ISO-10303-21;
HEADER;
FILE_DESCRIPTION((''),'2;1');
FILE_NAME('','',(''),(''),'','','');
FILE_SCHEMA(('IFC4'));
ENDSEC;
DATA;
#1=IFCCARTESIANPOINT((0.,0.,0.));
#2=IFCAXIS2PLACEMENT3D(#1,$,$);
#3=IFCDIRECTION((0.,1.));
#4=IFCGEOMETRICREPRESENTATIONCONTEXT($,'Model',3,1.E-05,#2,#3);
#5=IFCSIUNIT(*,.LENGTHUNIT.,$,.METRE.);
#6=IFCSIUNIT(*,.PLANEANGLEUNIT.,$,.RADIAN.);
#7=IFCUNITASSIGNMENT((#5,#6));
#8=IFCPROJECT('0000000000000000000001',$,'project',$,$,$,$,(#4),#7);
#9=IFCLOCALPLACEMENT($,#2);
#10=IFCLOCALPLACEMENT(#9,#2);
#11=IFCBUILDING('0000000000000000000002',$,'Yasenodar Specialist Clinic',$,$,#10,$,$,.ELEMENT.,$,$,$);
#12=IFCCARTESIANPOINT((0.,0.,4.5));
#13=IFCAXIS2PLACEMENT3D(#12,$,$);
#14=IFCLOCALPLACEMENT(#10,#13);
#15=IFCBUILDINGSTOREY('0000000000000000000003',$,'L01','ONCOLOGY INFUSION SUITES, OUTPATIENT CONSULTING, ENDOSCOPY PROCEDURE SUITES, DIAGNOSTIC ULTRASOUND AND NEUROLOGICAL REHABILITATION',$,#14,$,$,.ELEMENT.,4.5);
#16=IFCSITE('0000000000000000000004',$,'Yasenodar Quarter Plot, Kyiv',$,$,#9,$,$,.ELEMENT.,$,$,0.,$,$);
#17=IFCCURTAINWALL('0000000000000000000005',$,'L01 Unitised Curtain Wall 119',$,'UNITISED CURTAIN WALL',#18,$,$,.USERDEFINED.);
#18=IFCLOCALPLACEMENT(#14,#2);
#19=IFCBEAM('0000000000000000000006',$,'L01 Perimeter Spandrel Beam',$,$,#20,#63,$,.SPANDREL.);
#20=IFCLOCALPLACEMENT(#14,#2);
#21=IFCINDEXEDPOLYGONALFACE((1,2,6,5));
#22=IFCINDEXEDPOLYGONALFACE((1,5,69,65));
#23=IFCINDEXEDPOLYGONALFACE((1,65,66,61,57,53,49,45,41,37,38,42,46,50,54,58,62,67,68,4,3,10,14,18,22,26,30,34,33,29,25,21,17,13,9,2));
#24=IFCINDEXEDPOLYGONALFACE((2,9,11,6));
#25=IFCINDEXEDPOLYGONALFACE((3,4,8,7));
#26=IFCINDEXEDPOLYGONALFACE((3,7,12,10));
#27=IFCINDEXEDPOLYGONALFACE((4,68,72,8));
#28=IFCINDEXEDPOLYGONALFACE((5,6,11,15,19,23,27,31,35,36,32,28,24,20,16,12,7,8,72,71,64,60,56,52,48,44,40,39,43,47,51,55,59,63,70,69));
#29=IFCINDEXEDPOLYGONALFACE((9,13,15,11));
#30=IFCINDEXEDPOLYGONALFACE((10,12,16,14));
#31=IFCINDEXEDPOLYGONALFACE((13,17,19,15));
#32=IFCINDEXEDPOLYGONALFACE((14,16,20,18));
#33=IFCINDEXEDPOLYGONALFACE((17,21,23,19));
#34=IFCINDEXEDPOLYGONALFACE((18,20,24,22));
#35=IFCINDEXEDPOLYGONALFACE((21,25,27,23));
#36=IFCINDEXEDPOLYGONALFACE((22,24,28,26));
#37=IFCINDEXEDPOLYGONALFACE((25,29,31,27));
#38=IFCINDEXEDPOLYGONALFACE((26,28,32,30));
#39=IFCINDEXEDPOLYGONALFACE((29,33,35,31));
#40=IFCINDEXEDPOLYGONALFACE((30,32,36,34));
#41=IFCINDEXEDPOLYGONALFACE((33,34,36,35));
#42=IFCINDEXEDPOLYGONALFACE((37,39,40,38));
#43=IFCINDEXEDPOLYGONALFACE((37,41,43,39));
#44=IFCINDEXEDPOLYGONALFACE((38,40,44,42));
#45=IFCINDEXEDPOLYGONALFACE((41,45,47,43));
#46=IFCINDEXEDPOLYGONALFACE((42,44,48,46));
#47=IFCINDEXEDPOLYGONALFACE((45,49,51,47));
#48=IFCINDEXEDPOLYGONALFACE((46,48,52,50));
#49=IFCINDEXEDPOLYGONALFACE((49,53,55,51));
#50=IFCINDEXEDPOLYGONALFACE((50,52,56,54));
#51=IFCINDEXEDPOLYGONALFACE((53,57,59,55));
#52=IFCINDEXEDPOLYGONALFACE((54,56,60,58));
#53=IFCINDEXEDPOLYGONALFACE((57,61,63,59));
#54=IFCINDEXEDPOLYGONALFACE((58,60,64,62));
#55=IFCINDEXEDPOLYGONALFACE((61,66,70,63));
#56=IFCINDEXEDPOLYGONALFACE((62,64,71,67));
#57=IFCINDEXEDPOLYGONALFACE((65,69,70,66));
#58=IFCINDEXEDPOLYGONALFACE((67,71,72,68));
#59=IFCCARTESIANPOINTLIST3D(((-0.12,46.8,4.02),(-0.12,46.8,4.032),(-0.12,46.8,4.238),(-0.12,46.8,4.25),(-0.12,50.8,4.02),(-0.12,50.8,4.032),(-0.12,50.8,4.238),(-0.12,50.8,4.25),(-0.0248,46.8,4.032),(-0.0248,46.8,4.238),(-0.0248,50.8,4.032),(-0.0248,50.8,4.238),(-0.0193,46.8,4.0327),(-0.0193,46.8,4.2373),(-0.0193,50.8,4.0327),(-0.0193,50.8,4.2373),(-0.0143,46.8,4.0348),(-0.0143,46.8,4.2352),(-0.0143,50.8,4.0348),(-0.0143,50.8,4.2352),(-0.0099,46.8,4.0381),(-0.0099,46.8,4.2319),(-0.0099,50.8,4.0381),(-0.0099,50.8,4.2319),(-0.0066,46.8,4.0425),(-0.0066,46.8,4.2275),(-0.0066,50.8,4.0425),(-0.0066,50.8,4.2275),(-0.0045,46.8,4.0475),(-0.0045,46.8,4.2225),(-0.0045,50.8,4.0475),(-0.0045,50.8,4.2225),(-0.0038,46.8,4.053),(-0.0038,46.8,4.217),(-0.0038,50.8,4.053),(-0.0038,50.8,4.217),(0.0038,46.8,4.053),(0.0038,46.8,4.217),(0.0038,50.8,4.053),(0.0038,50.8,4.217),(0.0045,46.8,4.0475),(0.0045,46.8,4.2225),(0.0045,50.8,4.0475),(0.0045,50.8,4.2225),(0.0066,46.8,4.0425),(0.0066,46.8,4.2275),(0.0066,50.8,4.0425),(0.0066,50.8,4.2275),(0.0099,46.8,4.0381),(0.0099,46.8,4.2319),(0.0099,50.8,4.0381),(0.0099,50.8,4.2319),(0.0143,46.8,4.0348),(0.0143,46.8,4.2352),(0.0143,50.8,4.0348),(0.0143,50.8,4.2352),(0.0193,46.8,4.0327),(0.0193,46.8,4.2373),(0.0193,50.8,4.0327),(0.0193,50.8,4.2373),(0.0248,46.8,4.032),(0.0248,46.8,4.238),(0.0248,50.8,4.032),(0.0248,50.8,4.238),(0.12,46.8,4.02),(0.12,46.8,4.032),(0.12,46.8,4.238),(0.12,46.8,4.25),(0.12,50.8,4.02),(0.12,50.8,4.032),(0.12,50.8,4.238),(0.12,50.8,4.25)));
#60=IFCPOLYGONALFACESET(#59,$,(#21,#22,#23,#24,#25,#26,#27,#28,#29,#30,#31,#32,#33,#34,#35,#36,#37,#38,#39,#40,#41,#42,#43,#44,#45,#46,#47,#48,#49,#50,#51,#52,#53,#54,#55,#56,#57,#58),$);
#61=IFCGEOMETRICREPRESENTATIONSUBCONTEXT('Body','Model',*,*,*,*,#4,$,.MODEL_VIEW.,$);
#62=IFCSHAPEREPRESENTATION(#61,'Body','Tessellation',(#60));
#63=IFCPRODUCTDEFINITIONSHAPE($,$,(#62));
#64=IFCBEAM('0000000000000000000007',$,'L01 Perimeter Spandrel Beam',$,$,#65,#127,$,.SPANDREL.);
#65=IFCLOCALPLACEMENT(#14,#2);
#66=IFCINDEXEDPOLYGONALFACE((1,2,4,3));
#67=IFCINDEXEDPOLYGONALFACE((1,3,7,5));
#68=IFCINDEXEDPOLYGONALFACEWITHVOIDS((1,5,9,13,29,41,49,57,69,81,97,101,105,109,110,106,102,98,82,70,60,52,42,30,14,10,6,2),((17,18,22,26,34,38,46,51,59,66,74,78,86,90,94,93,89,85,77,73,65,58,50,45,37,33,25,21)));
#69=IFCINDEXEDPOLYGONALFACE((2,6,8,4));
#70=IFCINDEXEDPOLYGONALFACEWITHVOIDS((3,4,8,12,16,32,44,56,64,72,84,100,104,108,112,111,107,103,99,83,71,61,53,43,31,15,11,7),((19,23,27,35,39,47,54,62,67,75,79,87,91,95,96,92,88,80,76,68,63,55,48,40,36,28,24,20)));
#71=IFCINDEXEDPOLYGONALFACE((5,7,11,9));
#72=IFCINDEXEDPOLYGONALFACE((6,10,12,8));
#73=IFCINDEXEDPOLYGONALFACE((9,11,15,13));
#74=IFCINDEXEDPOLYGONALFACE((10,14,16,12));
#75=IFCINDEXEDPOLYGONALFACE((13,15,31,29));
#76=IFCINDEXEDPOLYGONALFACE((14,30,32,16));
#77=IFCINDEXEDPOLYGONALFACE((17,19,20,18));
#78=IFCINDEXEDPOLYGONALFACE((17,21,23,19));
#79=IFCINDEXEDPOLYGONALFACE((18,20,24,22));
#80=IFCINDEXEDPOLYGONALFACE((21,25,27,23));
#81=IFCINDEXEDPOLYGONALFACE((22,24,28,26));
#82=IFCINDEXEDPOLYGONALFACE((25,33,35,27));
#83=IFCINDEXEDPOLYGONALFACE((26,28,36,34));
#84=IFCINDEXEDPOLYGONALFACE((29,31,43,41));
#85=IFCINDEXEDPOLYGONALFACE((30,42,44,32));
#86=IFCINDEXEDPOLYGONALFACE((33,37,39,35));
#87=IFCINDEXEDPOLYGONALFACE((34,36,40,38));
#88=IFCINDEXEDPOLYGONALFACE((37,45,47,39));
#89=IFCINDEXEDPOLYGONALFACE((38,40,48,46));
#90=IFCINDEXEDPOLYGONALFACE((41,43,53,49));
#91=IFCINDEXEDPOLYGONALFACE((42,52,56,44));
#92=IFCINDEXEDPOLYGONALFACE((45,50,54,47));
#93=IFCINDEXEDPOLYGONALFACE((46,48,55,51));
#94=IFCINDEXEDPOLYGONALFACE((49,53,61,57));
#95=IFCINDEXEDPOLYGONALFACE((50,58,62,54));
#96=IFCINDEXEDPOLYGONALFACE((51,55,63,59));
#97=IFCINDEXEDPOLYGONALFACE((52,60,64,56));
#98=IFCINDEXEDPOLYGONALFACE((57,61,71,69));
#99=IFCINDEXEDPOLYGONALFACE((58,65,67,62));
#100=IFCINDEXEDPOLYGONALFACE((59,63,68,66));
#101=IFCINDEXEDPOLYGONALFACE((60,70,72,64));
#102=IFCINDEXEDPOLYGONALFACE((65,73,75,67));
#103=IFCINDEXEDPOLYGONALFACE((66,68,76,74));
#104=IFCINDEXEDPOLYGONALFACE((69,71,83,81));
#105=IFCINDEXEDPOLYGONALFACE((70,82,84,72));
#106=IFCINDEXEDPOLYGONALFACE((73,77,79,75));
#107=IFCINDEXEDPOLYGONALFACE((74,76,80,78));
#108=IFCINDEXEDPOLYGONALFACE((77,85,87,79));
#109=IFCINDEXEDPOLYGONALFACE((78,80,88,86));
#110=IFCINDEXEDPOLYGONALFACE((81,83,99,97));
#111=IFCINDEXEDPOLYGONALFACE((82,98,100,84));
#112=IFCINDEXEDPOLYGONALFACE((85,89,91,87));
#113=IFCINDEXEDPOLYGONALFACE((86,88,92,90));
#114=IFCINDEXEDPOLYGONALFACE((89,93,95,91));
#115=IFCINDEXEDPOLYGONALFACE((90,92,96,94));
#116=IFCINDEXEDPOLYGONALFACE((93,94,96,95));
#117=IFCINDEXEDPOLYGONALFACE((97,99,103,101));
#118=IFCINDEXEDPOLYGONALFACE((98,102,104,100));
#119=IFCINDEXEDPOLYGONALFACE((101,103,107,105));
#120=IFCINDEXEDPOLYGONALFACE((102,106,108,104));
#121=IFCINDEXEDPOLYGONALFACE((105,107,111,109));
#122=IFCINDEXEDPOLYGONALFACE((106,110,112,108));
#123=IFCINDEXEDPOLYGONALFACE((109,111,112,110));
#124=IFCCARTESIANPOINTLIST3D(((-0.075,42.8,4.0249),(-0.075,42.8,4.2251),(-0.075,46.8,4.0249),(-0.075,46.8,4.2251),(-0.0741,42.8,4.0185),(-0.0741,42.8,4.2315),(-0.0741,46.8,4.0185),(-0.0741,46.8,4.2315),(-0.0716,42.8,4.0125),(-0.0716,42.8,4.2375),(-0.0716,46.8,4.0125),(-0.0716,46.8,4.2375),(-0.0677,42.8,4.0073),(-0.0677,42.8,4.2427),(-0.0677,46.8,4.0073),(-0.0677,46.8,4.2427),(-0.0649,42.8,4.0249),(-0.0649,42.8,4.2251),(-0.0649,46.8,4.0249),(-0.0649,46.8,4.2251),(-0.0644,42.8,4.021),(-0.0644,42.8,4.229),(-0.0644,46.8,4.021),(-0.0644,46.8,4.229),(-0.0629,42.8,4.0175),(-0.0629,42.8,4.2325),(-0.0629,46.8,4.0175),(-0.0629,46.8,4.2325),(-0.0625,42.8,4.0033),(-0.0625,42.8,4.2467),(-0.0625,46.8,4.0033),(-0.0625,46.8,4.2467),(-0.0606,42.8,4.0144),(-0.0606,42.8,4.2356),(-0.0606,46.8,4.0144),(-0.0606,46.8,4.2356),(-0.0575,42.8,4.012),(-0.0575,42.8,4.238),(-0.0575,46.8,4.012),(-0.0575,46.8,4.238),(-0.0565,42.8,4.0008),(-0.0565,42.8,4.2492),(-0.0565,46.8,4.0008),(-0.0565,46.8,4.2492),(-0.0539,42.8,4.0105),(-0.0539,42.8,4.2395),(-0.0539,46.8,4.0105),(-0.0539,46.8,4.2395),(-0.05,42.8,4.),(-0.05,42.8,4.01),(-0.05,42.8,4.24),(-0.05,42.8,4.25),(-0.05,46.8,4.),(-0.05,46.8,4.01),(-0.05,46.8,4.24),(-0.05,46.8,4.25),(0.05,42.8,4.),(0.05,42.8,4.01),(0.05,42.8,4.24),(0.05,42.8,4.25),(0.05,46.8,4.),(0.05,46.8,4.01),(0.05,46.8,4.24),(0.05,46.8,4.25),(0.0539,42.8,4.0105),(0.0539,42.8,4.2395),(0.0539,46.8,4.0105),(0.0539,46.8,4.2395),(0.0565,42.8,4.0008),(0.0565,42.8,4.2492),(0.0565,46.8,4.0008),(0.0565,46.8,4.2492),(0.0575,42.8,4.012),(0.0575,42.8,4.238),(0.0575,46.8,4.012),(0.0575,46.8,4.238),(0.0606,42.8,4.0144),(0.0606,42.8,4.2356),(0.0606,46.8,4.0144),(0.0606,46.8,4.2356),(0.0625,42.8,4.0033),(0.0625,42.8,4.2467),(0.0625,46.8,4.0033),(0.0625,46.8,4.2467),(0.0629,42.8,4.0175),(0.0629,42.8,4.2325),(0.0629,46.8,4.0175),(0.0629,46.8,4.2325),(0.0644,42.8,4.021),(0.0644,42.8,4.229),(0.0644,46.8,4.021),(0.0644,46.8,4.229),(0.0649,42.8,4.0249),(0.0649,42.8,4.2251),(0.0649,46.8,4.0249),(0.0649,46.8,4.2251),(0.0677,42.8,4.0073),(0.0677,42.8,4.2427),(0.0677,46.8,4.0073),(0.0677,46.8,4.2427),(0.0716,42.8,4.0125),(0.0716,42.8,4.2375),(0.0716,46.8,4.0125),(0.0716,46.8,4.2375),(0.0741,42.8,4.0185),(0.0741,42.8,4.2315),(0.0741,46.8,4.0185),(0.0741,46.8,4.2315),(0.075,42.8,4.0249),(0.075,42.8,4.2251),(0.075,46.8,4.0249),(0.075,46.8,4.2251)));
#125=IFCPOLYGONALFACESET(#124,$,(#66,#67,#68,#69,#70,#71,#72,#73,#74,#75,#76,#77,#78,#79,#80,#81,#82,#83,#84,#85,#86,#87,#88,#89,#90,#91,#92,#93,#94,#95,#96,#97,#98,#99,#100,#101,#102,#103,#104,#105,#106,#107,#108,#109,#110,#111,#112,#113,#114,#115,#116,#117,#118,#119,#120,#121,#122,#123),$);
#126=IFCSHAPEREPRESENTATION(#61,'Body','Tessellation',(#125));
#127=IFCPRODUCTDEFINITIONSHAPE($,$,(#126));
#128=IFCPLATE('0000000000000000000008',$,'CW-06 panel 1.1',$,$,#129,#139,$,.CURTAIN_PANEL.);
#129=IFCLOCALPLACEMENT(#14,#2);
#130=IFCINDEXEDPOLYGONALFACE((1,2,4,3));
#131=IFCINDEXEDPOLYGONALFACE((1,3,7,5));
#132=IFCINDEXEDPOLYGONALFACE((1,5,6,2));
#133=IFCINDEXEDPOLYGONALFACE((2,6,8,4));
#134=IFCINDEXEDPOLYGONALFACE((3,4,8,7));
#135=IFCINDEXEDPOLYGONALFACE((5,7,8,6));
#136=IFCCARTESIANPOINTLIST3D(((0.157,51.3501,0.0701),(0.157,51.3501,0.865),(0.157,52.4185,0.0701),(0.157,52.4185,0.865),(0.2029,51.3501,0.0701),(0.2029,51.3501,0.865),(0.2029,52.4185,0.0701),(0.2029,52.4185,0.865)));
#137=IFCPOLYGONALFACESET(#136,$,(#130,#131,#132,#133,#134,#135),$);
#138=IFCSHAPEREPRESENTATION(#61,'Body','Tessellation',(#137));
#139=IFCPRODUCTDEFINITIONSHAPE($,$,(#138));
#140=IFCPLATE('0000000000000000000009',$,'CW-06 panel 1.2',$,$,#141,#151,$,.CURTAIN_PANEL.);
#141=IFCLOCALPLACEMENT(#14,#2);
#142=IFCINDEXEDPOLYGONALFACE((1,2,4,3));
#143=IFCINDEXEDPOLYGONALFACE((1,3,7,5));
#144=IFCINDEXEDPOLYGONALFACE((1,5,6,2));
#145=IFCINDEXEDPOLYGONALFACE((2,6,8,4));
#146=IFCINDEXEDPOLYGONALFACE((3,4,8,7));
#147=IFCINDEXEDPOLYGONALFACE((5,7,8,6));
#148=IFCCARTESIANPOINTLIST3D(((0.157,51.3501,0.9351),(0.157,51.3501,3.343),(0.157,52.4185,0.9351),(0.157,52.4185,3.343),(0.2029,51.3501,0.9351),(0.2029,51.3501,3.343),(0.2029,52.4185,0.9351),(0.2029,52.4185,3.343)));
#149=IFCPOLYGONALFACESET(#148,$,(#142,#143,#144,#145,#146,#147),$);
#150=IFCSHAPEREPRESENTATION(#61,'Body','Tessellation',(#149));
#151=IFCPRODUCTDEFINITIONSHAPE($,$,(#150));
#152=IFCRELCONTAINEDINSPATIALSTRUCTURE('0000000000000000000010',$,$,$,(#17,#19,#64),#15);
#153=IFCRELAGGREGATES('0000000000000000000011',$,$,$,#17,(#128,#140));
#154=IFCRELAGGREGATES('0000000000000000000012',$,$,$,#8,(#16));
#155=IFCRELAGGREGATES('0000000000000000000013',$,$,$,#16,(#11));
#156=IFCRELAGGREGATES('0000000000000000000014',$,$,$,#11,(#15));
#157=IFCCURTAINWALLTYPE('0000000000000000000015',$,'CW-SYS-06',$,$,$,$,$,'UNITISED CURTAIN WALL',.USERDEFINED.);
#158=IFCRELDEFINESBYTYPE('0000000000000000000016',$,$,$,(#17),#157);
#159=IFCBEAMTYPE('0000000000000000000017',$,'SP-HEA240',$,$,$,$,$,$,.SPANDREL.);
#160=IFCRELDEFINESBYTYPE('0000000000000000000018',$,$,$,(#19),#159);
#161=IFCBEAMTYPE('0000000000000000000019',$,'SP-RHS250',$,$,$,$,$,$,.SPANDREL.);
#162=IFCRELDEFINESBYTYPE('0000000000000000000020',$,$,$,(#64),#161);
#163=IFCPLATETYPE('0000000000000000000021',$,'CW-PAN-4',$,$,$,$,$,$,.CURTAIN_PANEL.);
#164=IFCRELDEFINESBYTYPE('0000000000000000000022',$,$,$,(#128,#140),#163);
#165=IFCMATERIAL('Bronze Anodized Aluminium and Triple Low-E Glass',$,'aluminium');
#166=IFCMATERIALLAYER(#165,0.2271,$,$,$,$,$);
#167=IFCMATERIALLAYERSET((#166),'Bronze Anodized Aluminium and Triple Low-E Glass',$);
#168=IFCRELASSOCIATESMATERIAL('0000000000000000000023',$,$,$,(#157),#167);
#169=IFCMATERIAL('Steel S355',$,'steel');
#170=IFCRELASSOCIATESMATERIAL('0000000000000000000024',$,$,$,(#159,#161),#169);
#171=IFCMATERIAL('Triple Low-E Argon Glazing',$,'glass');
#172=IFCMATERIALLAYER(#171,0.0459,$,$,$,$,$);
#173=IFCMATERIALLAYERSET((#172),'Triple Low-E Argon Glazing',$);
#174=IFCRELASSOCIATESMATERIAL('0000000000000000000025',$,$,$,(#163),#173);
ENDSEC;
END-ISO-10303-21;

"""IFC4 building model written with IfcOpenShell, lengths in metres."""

from ifc_helpers import new_model, si_unit, direction, frame, origin, origin_2d, place, context, subcontext, project, spatial, rectangle, hollow_rectangle, i_section, extrude, material, layer, layer_set, material_profile, profile_set, type_object, element, aggregate, save


model = new_model("IFC4")

# Units and contexts
model_context = context("Model", 3, precision=1e-05, world=origin(), true_north=direction((0.0, 1.0)))
body_context = subcontext(model_context, "Body", "Model", "MODEL_VIEW")
ifc_project = project(units=[si_unit("LENGTHUNIT", "METRE"), si_unit("PLANEANGLEUNIT", "RADIAN")], contexts=[model_context])

# Site, building, storey
site_placement = place(None, origin())
site = spatial("IfcSite", under=ifc_project, at=site_placement, Name="Yasenodar Quarter Plot, Kyiv", CompositionType="ELEMENT", RefElevation=0.0)
building_placement = place(site_placement, origin())
building = spatial("IfcBuilding", under=site, at=building_placement, Name="Yasenodar Specialist Clinic", CompositionType="ELEMENT")
storey_placement = place(building_placement, frame((0.0, 0.0, 4.5)))
storey = spatial("IfcBuildingStorey", under=building, at=storey_placement, Name="L01", Description="ONCOLOGY INFUSION SUITES, OUTPATIENT CONSULTING, ENDOSCOPY PROCEDURE SUITES, DIAGNOSTIC ULTRASOUND AND NEUROLOGICAL REHABILITATION", CompositionType="ELEMENT", Elevation=4.5)

# Shared definitions
ifc_material_1 = material(Name="Steel S355", Category="steel")

# Curtain wall
ifc_material_2 = material(Name="Bronze Anodized Aluminium and Triple Low-E Glass", Category="aluminium")
ifc_layer_1 = layer(ifc_material_2, 0.2271)
ifc_layer_set_1 = layer_set([ifc_layer_1], Name="Bronze Anodized Aluminium and Triple Low-E Glass")
curtain_wall_type = type_object("IfcCurtainWallType", Name="CW-SYS-06", ElementType="UNITISED CURTAIN WALL", PredefinedType="USERDEFINED", material=ifc_layer_set_1)
curtain_wall_placement = place(storey_placement, origin())
curtain_wall = element("IfcCurtainWall", 1, at=curtain_wall_placement, inside=storey, type_object=curtain_wall_type, Name="L01 Unitised Curtain Wall 119", ObjectType="UNITISED CURTAIN WALL", PredefinedType="USERDEFINED")

# Beams
ifc_material_profile_1 = material_profile(ifc_material_1, i_section(OverallWidth=0.24, OverallDepth=0.23, WebThickness=0.0076, FlangeThickness=0.012, FilletRadius=0.021, at=origin_2d()), Name="HEA 240")
ifc_profile_set_1 = profile_set([ifc_material_profile_1], Name="Steel S355")
beam_type_1 = type_object("IfcBeamType", Name="SP-HEA240", PredefinedType="SPANDREL", material=ifc_profile_set_1)
beam_1_placement = place(storey_placement, frame((0.0, 46.8, 4.135), z_axis=(0.0, 1.0, 0.0), x_axis=(-1.0, 0.0, 0.0)))
element("IfcBeam", 2, at=beam_1_placement, inside=storey, type_object=beam_type_1, Name="L01 Perimeter Spandrel Beam", PredefinedType="SPANDREL", context=body_context, shape_type="SweptSolid", body=[
    extrude(i_section(OverallWidth=0.24, OverallDepth=0.23, WebThickness=0.0076, FlangeThickness=0.012, FilletRadius=0.021, at=origin_2d()), origin(), (0.0, 0.0, 1.0), 4.0),
])
ifc_material_profile_2 = material_profile(ifc_material_1, hollow_rectangle(XDim=0.1499, YDim=0.25, WallThickness=0.01, InnerFilletRadius=0.0149, OuterFilletRadius=0.0249, at=origin_2d()), Name="RHS 250x150x10")
ifc_profile_set_2 = profile_set([ifc_material_profile_2], Name="Steel S355")
beam_type_2 = type_object("IfcBeamType", Name="SP-RHS250", PredefinedType="SPANDREL", material=ifc_profile_set_2)
beam_2_placement = place(storey_placement, frame((0.0, 42.8, 4.125), z_axis=(0.0, 1.0, 0.0), x_axis=(-1.0, 0.0, 0.0)))
element("IfcBeam", 3, at=beam_2_placement, inside=storey, type_object=beam_type_2, Name="L01 Perimeter Spandrel Beam", PredefinedType="SPANDREL", context=body_context, shape_type="SweptSolid", body=[
    extrude(hollow_rectangle(XDim=0.1499, YDim=0.25, WallThickness=0.01, InnerFilletRadius=0.0149, OuterFilletRadius=0.0249, at=origin_2d()), origin(), (0.0, 0.0, 1.0), 4.0),
])

# Plates
ifc_material_3 = material(Name="Triple Low-E Argon Glazing", Category="glass")
ifc_layer_2 = layer(ifc_material_3, 0.0459)
ifc_layer_set_2 = layer_set([ifc_layer_2], Name="Triple Low-E Argon Glazing")
plate_type = type_object("IfcPlateType", Name="CW-PAN-4", PredefinedType="CURTAIN_PANEL", material=ifc_layer_set_2)
plate_1_placement = place(storey_placement, frame((0.1799, 51.8843, 0.0701), z_axis=(0.0, 0.0, 1.0), x_axis=(0.0, 1.0, 0.0)))
plate_1 = element("IfcPlate", 4, at=plate_1_placement, type_object=plate_type, Name="CW-06 panel 1.1", PredefinedType="CURTAIN_PANEL", context=body_context, shape_type="SweptSolid", body=[
    extrude(rectangle(XDim=1.0684, YDim=0.0459, at=origin_2d()), origin(), (0.0, 0.0, 1.0), 0.7949),
])
plate_2_placement = place(storey_placement, frame((0.1799, 51.8843, 0.9351), z_axis=(0.0, 0.0, 1.0), x_axis=(0.0, 1.0, 0.0)))
plate_2 = element("IfcPlate", 5, at=plate_2_placement, type_object=plate_type, Name="CW-06 panel 1.2", PredefinedType="CURTAIN_PANEL", context=body_context, shape_type="SweptSolid", body=[
    extrude(rectangle(XDim=1.0684, YDim=0.0459, at=origin_2d()), origin(), (0.0, 0.0, 1.0), 2.408),
])
aggregate(curtain_wall, [plate_1, plate_2])

save(model, "model.ifc")
